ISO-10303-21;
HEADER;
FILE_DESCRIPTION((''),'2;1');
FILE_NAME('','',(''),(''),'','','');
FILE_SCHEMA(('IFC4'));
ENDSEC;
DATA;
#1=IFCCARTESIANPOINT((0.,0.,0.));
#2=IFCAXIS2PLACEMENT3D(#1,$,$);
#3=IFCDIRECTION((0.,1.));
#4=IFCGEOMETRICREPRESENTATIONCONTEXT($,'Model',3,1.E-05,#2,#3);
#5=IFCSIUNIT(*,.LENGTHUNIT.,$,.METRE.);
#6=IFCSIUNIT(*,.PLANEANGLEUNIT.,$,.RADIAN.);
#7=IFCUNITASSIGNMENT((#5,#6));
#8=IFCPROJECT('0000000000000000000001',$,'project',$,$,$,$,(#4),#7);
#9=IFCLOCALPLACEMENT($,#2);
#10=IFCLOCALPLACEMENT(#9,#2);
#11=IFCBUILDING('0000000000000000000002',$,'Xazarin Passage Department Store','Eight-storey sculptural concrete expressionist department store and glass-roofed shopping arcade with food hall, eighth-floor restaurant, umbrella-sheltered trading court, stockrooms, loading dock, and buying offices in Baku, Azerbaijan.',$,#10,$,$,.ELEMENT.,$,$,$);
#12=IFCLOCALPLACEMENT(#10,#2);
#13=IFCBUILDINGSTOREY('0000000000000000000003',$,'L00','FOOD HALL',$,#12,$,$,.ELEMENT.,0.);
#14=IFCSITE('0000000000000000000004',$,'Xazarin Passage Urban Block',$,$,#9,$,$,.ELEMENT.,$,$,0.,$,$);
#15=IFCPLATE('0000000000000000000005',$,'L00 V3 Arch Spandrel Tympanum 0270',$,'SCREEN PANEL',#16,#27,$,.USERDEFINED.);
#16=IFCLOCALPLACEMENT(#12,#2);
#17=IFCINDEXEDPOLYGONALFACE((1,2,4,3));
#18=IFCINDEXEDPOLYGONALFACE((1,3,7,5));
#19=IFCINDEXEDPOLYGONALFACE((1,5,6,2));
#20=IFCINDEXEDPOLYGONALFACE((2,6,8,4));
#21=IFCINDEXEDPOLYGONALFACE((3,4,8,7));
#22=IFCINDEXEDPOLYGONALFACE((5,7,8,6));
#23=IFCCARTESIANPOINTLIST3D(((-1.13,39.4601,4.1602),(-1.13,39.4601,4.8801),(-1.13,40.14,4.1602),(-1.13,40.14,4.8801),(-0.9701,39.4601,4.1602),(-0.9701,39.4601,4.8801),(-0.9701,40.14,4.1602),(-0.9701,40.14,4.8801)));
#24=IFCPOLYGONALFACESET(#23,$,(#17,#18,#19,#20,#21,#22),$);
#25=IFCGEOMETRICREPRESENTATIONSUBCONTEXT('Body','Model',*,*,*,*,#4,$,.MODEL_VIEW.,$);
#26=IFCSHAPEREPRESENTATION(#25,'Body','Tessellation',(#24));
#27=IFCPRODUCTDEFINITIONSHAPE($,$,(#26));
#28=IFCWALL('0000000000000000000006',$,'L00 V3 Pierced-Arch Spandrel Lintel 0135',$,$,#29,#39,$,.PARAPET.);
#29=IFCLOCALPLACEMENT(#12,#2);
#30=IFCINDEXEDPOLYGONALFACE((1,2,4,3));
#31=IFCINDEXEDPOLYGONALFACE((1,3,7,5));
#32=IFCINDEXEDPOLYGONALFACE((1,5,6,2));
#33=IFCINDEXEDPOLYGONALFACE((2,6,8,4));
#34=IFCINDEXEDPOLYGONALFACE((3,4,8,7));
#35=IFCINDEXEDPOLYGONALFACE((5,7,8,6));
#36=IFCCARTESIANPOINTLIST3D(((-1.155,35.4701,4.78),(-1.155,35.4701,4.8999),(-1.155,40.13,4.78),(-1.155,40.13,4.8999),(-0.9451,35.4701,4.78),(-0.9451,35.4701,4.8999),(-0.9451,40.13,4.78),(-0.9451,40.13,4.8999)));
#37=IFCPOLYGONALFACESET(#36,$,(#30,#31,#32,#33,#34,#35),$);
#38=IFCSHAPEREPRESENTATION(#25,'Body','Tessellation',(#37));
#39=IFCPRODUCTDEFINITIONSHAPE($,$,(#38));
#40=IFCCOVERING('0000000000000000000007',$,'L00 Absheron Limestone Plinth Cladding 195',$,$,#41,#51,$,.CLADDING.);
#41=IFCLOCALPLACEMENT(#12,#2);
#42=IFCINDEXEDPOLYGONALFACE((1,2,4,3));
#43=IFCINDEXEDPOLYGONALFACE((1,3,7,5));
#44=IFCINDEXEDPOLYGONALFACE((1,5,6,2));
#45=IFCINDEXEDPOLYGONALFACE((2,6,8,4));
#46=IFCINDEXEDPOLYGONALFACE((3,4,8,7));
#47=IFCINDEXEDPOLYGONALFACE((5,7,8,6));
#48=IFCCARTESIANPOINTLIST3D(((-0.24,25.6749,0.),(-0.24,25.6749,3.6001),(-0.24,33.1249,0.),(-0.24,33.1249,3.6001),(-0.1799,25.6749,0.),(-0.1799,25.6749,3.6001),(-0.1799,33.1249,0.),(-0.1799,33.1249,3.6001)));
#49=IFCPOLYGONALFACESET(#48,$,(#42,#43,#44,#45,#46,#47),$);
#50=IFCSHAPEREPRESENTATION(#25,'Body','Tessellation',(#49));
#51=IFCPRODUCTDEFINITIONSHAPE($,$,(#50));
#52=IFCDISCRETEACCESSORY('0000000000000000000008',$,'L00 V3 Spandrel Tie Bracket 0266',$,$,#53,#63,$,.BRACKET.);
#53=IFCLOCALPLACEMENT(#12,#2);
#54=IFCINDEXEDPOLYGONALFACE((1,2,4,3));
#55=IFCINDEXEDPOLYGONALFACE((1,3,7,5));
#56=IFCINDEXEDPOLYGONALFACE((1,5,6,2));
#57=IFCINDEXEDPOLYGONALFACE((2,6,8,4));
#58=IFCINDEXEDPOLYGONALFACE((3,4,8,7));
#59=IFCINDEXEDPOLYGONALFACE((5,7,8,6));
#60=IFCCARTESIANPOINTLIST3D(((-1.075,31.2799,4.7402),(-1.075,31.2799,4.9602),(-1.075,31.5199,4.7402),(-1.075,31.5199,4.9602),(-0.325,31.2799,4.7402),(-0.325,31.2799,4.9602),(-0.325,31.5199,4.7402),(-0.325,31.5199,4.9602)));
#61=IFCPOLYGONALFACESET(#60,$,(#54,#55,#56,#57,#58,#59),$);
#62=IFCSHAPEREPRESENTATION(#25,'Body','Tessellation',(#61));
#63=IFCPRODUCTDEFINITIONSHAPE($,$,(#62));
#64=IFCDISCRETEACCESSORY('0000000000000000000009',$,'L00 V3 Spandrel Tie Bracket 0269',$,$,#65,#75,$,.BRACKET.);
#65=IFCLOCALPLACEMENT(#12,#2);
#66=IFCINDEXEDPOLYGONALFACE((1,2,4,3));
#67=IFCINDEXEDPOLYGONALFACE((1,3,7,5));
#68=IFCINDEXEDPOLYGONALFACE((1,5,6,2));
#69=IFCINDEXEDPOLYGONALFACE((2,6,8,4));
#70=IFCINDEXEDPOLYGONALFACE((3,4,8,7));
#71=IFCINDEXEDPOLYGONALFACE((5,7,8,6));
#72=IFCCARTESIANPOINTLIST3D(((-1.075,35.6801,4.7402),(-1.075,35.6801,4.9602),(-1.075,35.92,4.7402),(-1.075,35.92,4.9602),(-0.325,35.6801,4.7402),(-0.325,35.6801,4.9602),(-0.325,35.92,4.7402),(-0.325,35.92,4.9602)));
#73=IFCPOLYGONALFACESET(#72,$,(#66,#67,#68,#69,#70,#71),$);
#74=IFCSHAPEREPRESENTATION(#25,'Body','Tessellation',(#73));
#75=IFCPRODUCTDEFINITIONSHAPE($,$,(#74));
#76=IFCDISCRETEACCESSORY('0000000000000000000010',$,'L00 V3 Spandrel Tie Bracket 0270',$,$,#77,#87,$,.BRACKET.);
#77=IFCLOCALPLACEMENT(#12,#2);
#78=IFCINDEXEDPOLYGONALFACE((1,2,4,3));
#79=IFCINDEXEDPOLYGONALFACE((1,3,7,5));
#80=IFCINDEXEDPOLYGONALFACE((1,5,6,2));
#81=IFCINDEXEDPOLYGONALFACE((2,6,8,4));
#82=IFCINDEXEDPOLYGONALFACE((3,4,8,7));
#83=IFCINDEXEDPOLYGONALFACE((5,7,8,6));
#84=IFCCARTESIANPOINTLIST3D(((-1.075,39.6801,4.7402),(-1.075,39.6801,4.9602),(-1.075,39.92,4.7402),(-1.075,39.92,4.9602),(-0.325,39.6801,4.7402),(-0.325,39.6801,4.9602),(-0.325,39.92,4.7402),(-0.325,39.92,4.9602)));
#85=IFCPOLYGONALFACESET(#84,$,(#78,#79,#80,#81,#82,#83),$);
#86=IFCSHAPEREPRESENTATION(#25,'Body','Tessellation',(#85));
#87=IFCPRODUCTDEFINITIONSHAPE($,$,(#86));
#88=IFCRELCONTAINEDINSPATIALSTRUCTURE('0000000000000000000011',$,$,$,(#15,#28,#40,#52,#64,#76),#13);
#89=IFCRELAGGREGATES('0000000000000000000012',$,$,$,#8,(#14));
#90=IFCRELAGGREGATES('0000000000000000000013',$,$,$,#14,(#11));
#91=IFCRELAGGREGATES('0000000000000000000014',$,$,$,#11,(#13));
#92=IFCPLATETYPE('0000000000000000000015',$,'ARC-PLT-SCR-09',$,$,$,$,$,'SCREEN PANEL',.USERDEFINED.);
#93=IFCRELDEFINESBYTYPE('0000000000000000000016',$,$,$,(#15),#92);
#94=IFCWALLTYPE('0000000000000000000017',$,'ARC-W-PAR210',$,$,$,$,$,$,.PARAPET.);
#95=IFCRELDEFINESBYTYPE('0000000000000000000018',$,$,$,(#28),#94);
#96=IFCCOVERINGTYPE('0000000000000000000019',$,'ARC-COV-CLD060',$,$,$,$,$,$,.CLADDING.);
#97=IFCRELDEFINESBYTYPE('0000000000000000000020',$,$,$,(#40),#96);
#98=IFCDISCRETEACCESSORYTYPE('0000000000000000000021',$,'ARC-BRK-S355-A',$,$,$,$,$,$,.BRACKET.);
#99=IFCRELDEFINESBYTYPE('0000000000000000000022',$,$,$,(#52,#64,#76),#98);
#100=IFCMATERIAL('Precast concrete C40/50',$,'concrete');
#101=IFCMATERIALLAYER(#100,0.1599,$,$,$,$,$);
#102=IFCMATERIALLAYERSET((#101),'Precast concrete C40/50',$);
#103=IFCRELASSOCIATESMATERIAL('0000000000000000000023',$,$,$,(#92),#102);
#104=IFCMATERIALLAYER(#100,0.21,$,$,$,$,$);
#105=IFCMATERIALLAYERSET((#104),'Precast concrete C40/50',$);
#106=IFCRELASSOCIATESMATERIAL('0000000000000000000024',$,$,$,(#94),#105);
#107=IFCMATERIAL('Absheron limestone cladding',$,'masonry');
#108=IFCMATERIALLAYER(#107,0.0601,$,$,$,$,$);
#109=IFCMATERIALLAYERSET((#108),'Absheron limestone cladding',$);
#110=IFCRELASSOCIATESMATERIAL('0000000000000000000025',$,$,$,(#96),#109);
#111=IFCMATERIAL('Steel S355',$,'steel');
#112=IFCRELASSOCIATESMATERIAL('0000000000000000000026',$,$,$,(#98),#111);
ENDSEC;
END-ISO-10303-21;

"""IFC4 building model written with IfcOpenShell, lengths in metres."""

from ifc_helpers import new_model, si_unit, direction, frame, frame_2d, origin, origin_2d, place, context, subcontext, project, spatial, rectangle, extrude, material, layer, layer_set, type_object, element, save


model = new_model("IFC4")

# Units and contexts
model_context = context("Model", 3, precision=1e-05, world=origin(), true_north=direction((0.0, 1.0)))
body_context = subcontext(model_context, "Body", "Model", "MODEL_VIEW")
ifc_project = project(units=[si_unit("LENGTHUNIT", "METRE"), si_unit("PLANEANGLEUNIT", "RADIAN")], contexts=[model_context])

# Site, building, storey
site_placement = place(None, origin())
site = spatial("IfcSite", under=ifc_project, at=site_placement, Name="Xazarin Passage Urban Block", CompositionType="ELEMENT", RefElevation=0.0)
building_placement = place(site_placement, origin())
building = spatial("IfcBuilding", under=site, at=building_placement, Name="Xazarin Passage Department Store", Description="Eight-storey sculptural concrete expressionist department store and glass-roofed shopping arcade with food hall, eighth-floor restaurant, umbrella-sheltered trading court, stockrooms, loading dock, and buying offices in Baku, Azerbaijan.", CompositionType="ELEMENT")
storey_placement = place(building_placement, origin())
storey = spatial("IfcBuildingStorey", under=building, at=storey_placement, Name="L00", Description="FOOD HALL", CompositionType="ELEMENT", Elevation=0.0)

# Plate
ifc_material_1 = material(Name="Precast concrete C40/50", Category="concrete")
ifc_layer_1 = layer(ifc_material_1, 0.1599)
ifc_layer_set_1 = layer_set([ifc_layer_1], Name="Precast concrete C40/50")
plate_type_1 = type_object("IfcPlateType", Name="ARC-PLT-SCR-09", ElementType="SCREEN PANEL", PredefinedType="USERDEFINED", material=ifc_layer_set_1)
for number, where, z_axis, x_axis, name in (
    (1, (-1.05, 39.8, 4.1602), (0.0, 0.0, 1.0), (0.0, 1.0, 0.0), "L00 V3 Arch Spandrel Tympanum 0270"),
):
    element("IfcPlate", number, at=place(storey_placement, frame(where, z_axis=z_axis, x_axis=x_axis)), inside=storey, type_object=plate_type_1, Name=name, ObjectType="SCREEN PANEL", PredefinedType="USERDEFINED", context=body_context, shape_type="SweptSolid", body=[
        extrude(rectangle(XDim=0.6799, YDim=0.1599, at=origin_2d()), origin(), (0.0, 0.0, 1.0), 0.72),
    ])

# Wall
ifc_layer_2 = layer(ifc_material_1, 0.21)
ifc_layer_set_2 = layer_set([ifc_layer_2], Name="Precast concrete C40/50")
wall_type = type_object("IfcWallType", Name="ARC-W-PAR210", PredefinedType="PARAPET", material=ifc_layer_set_2)
wall_placement = place(storey_placement, frame((-1.05, 35.47, 4.78), z_axis=(0.0, 0.0, 1.0), x_axis=(0.0, 1.0, 0.0)))
element("IfcWall", 2, at=wall_placement, inside=storey, type_object=wall_type, Name="L00 V3 Pierced-Arch Spandrel Lintel 0135", PredefinedType="PARAPET", context=body_context, shape_type="SweptSolid", body=[
    extrude(rectangle(XDim=4.6599, YDim=0.21, at=frame_2d((2.3301, 0.0))), origin(), (0.0, 0.0, 1.0), 0.1199),
])

# Covering
ifc_material_2 = material(Name="Absheron limestone cladding", Category="masonry")
ifc_layer_3 = layer(ifc_material_2, 0.0601)
ifc_layer_set_3 = layer_set([ifc_layer_3], Name="Absheron limestone cladding")
covering_type = type_object("IfcCoveringType", Name="ARC-COV-CLD060", PredefinedType="CLADDING", material=ifc_layer_set_3)
covering_placement = place(storey_placement, frame((-0.21, 29.3999, 0.0), z_axis=(0.0, 0.0, 1.0), x_axis=(0.0, 1.0, 0.0)))
element("IfcCovering", 3, at=covering_placement, inside=storey, type_object=covering_type, Name="L00 Absheron Limestone Plinth Cladding 195", PredefinedType="CLADDING", context=body_context, shape_type="SweptSolid", body=[
    extrude(rectangle(XDim=7.45, YDim=0.0601, at=origin_2d()), origin(), (0.0, 0.0, 1.0), 3.6001),
])

# Discrete accessories
ifc_material_3 = material(Name="Steel S355", Category="steel")
discrete_accessory_type = type_object("IfcDiscreteAccessoryType", Name="ARC-BRK-S355-A", PredefinedType="BRACKET", material=ifc_material_3)
for number, where, z_axis, x_axis, name in (
    (4, (-0.7, 31.3999, 4.7402), (0.0, 0.0, 1.0), (0.0, 1.0, 0.0), "L00 V3 Spandrel Tie Bracket 0266"),
    (5, (-0.7, 35.8, 4.7402), (0.0, 0.0, 1.0), (0.0, 1.0, 0.0), "L00 V3 Spandrel Tie Bracket 0269"),
    (6, (-0.7, 39.8, 4.7402), (0.0, 0.0, 1.0), (0.0, 1.0, 0.0), "L00 V3 Spandrel Tie Bracket 0270"),
):
    element("IfcDiscreteAccessory", number, at=place(storey_placement, frame(where, z_axis=z_axis, x_axis=x_axis)), inside=storey, type_object=discrete_accessory_type, Name=name, PredefinedType="BRACKET", context=body_context, shape_type="SweptSolid", body=[
        extrude(rectangle(XDim=0.24, YDim=0.75, at=origin_2d()), origin(), (0.0, 0.0, 1.0), 0.22),
    ])

save(model, "model.ifc")
